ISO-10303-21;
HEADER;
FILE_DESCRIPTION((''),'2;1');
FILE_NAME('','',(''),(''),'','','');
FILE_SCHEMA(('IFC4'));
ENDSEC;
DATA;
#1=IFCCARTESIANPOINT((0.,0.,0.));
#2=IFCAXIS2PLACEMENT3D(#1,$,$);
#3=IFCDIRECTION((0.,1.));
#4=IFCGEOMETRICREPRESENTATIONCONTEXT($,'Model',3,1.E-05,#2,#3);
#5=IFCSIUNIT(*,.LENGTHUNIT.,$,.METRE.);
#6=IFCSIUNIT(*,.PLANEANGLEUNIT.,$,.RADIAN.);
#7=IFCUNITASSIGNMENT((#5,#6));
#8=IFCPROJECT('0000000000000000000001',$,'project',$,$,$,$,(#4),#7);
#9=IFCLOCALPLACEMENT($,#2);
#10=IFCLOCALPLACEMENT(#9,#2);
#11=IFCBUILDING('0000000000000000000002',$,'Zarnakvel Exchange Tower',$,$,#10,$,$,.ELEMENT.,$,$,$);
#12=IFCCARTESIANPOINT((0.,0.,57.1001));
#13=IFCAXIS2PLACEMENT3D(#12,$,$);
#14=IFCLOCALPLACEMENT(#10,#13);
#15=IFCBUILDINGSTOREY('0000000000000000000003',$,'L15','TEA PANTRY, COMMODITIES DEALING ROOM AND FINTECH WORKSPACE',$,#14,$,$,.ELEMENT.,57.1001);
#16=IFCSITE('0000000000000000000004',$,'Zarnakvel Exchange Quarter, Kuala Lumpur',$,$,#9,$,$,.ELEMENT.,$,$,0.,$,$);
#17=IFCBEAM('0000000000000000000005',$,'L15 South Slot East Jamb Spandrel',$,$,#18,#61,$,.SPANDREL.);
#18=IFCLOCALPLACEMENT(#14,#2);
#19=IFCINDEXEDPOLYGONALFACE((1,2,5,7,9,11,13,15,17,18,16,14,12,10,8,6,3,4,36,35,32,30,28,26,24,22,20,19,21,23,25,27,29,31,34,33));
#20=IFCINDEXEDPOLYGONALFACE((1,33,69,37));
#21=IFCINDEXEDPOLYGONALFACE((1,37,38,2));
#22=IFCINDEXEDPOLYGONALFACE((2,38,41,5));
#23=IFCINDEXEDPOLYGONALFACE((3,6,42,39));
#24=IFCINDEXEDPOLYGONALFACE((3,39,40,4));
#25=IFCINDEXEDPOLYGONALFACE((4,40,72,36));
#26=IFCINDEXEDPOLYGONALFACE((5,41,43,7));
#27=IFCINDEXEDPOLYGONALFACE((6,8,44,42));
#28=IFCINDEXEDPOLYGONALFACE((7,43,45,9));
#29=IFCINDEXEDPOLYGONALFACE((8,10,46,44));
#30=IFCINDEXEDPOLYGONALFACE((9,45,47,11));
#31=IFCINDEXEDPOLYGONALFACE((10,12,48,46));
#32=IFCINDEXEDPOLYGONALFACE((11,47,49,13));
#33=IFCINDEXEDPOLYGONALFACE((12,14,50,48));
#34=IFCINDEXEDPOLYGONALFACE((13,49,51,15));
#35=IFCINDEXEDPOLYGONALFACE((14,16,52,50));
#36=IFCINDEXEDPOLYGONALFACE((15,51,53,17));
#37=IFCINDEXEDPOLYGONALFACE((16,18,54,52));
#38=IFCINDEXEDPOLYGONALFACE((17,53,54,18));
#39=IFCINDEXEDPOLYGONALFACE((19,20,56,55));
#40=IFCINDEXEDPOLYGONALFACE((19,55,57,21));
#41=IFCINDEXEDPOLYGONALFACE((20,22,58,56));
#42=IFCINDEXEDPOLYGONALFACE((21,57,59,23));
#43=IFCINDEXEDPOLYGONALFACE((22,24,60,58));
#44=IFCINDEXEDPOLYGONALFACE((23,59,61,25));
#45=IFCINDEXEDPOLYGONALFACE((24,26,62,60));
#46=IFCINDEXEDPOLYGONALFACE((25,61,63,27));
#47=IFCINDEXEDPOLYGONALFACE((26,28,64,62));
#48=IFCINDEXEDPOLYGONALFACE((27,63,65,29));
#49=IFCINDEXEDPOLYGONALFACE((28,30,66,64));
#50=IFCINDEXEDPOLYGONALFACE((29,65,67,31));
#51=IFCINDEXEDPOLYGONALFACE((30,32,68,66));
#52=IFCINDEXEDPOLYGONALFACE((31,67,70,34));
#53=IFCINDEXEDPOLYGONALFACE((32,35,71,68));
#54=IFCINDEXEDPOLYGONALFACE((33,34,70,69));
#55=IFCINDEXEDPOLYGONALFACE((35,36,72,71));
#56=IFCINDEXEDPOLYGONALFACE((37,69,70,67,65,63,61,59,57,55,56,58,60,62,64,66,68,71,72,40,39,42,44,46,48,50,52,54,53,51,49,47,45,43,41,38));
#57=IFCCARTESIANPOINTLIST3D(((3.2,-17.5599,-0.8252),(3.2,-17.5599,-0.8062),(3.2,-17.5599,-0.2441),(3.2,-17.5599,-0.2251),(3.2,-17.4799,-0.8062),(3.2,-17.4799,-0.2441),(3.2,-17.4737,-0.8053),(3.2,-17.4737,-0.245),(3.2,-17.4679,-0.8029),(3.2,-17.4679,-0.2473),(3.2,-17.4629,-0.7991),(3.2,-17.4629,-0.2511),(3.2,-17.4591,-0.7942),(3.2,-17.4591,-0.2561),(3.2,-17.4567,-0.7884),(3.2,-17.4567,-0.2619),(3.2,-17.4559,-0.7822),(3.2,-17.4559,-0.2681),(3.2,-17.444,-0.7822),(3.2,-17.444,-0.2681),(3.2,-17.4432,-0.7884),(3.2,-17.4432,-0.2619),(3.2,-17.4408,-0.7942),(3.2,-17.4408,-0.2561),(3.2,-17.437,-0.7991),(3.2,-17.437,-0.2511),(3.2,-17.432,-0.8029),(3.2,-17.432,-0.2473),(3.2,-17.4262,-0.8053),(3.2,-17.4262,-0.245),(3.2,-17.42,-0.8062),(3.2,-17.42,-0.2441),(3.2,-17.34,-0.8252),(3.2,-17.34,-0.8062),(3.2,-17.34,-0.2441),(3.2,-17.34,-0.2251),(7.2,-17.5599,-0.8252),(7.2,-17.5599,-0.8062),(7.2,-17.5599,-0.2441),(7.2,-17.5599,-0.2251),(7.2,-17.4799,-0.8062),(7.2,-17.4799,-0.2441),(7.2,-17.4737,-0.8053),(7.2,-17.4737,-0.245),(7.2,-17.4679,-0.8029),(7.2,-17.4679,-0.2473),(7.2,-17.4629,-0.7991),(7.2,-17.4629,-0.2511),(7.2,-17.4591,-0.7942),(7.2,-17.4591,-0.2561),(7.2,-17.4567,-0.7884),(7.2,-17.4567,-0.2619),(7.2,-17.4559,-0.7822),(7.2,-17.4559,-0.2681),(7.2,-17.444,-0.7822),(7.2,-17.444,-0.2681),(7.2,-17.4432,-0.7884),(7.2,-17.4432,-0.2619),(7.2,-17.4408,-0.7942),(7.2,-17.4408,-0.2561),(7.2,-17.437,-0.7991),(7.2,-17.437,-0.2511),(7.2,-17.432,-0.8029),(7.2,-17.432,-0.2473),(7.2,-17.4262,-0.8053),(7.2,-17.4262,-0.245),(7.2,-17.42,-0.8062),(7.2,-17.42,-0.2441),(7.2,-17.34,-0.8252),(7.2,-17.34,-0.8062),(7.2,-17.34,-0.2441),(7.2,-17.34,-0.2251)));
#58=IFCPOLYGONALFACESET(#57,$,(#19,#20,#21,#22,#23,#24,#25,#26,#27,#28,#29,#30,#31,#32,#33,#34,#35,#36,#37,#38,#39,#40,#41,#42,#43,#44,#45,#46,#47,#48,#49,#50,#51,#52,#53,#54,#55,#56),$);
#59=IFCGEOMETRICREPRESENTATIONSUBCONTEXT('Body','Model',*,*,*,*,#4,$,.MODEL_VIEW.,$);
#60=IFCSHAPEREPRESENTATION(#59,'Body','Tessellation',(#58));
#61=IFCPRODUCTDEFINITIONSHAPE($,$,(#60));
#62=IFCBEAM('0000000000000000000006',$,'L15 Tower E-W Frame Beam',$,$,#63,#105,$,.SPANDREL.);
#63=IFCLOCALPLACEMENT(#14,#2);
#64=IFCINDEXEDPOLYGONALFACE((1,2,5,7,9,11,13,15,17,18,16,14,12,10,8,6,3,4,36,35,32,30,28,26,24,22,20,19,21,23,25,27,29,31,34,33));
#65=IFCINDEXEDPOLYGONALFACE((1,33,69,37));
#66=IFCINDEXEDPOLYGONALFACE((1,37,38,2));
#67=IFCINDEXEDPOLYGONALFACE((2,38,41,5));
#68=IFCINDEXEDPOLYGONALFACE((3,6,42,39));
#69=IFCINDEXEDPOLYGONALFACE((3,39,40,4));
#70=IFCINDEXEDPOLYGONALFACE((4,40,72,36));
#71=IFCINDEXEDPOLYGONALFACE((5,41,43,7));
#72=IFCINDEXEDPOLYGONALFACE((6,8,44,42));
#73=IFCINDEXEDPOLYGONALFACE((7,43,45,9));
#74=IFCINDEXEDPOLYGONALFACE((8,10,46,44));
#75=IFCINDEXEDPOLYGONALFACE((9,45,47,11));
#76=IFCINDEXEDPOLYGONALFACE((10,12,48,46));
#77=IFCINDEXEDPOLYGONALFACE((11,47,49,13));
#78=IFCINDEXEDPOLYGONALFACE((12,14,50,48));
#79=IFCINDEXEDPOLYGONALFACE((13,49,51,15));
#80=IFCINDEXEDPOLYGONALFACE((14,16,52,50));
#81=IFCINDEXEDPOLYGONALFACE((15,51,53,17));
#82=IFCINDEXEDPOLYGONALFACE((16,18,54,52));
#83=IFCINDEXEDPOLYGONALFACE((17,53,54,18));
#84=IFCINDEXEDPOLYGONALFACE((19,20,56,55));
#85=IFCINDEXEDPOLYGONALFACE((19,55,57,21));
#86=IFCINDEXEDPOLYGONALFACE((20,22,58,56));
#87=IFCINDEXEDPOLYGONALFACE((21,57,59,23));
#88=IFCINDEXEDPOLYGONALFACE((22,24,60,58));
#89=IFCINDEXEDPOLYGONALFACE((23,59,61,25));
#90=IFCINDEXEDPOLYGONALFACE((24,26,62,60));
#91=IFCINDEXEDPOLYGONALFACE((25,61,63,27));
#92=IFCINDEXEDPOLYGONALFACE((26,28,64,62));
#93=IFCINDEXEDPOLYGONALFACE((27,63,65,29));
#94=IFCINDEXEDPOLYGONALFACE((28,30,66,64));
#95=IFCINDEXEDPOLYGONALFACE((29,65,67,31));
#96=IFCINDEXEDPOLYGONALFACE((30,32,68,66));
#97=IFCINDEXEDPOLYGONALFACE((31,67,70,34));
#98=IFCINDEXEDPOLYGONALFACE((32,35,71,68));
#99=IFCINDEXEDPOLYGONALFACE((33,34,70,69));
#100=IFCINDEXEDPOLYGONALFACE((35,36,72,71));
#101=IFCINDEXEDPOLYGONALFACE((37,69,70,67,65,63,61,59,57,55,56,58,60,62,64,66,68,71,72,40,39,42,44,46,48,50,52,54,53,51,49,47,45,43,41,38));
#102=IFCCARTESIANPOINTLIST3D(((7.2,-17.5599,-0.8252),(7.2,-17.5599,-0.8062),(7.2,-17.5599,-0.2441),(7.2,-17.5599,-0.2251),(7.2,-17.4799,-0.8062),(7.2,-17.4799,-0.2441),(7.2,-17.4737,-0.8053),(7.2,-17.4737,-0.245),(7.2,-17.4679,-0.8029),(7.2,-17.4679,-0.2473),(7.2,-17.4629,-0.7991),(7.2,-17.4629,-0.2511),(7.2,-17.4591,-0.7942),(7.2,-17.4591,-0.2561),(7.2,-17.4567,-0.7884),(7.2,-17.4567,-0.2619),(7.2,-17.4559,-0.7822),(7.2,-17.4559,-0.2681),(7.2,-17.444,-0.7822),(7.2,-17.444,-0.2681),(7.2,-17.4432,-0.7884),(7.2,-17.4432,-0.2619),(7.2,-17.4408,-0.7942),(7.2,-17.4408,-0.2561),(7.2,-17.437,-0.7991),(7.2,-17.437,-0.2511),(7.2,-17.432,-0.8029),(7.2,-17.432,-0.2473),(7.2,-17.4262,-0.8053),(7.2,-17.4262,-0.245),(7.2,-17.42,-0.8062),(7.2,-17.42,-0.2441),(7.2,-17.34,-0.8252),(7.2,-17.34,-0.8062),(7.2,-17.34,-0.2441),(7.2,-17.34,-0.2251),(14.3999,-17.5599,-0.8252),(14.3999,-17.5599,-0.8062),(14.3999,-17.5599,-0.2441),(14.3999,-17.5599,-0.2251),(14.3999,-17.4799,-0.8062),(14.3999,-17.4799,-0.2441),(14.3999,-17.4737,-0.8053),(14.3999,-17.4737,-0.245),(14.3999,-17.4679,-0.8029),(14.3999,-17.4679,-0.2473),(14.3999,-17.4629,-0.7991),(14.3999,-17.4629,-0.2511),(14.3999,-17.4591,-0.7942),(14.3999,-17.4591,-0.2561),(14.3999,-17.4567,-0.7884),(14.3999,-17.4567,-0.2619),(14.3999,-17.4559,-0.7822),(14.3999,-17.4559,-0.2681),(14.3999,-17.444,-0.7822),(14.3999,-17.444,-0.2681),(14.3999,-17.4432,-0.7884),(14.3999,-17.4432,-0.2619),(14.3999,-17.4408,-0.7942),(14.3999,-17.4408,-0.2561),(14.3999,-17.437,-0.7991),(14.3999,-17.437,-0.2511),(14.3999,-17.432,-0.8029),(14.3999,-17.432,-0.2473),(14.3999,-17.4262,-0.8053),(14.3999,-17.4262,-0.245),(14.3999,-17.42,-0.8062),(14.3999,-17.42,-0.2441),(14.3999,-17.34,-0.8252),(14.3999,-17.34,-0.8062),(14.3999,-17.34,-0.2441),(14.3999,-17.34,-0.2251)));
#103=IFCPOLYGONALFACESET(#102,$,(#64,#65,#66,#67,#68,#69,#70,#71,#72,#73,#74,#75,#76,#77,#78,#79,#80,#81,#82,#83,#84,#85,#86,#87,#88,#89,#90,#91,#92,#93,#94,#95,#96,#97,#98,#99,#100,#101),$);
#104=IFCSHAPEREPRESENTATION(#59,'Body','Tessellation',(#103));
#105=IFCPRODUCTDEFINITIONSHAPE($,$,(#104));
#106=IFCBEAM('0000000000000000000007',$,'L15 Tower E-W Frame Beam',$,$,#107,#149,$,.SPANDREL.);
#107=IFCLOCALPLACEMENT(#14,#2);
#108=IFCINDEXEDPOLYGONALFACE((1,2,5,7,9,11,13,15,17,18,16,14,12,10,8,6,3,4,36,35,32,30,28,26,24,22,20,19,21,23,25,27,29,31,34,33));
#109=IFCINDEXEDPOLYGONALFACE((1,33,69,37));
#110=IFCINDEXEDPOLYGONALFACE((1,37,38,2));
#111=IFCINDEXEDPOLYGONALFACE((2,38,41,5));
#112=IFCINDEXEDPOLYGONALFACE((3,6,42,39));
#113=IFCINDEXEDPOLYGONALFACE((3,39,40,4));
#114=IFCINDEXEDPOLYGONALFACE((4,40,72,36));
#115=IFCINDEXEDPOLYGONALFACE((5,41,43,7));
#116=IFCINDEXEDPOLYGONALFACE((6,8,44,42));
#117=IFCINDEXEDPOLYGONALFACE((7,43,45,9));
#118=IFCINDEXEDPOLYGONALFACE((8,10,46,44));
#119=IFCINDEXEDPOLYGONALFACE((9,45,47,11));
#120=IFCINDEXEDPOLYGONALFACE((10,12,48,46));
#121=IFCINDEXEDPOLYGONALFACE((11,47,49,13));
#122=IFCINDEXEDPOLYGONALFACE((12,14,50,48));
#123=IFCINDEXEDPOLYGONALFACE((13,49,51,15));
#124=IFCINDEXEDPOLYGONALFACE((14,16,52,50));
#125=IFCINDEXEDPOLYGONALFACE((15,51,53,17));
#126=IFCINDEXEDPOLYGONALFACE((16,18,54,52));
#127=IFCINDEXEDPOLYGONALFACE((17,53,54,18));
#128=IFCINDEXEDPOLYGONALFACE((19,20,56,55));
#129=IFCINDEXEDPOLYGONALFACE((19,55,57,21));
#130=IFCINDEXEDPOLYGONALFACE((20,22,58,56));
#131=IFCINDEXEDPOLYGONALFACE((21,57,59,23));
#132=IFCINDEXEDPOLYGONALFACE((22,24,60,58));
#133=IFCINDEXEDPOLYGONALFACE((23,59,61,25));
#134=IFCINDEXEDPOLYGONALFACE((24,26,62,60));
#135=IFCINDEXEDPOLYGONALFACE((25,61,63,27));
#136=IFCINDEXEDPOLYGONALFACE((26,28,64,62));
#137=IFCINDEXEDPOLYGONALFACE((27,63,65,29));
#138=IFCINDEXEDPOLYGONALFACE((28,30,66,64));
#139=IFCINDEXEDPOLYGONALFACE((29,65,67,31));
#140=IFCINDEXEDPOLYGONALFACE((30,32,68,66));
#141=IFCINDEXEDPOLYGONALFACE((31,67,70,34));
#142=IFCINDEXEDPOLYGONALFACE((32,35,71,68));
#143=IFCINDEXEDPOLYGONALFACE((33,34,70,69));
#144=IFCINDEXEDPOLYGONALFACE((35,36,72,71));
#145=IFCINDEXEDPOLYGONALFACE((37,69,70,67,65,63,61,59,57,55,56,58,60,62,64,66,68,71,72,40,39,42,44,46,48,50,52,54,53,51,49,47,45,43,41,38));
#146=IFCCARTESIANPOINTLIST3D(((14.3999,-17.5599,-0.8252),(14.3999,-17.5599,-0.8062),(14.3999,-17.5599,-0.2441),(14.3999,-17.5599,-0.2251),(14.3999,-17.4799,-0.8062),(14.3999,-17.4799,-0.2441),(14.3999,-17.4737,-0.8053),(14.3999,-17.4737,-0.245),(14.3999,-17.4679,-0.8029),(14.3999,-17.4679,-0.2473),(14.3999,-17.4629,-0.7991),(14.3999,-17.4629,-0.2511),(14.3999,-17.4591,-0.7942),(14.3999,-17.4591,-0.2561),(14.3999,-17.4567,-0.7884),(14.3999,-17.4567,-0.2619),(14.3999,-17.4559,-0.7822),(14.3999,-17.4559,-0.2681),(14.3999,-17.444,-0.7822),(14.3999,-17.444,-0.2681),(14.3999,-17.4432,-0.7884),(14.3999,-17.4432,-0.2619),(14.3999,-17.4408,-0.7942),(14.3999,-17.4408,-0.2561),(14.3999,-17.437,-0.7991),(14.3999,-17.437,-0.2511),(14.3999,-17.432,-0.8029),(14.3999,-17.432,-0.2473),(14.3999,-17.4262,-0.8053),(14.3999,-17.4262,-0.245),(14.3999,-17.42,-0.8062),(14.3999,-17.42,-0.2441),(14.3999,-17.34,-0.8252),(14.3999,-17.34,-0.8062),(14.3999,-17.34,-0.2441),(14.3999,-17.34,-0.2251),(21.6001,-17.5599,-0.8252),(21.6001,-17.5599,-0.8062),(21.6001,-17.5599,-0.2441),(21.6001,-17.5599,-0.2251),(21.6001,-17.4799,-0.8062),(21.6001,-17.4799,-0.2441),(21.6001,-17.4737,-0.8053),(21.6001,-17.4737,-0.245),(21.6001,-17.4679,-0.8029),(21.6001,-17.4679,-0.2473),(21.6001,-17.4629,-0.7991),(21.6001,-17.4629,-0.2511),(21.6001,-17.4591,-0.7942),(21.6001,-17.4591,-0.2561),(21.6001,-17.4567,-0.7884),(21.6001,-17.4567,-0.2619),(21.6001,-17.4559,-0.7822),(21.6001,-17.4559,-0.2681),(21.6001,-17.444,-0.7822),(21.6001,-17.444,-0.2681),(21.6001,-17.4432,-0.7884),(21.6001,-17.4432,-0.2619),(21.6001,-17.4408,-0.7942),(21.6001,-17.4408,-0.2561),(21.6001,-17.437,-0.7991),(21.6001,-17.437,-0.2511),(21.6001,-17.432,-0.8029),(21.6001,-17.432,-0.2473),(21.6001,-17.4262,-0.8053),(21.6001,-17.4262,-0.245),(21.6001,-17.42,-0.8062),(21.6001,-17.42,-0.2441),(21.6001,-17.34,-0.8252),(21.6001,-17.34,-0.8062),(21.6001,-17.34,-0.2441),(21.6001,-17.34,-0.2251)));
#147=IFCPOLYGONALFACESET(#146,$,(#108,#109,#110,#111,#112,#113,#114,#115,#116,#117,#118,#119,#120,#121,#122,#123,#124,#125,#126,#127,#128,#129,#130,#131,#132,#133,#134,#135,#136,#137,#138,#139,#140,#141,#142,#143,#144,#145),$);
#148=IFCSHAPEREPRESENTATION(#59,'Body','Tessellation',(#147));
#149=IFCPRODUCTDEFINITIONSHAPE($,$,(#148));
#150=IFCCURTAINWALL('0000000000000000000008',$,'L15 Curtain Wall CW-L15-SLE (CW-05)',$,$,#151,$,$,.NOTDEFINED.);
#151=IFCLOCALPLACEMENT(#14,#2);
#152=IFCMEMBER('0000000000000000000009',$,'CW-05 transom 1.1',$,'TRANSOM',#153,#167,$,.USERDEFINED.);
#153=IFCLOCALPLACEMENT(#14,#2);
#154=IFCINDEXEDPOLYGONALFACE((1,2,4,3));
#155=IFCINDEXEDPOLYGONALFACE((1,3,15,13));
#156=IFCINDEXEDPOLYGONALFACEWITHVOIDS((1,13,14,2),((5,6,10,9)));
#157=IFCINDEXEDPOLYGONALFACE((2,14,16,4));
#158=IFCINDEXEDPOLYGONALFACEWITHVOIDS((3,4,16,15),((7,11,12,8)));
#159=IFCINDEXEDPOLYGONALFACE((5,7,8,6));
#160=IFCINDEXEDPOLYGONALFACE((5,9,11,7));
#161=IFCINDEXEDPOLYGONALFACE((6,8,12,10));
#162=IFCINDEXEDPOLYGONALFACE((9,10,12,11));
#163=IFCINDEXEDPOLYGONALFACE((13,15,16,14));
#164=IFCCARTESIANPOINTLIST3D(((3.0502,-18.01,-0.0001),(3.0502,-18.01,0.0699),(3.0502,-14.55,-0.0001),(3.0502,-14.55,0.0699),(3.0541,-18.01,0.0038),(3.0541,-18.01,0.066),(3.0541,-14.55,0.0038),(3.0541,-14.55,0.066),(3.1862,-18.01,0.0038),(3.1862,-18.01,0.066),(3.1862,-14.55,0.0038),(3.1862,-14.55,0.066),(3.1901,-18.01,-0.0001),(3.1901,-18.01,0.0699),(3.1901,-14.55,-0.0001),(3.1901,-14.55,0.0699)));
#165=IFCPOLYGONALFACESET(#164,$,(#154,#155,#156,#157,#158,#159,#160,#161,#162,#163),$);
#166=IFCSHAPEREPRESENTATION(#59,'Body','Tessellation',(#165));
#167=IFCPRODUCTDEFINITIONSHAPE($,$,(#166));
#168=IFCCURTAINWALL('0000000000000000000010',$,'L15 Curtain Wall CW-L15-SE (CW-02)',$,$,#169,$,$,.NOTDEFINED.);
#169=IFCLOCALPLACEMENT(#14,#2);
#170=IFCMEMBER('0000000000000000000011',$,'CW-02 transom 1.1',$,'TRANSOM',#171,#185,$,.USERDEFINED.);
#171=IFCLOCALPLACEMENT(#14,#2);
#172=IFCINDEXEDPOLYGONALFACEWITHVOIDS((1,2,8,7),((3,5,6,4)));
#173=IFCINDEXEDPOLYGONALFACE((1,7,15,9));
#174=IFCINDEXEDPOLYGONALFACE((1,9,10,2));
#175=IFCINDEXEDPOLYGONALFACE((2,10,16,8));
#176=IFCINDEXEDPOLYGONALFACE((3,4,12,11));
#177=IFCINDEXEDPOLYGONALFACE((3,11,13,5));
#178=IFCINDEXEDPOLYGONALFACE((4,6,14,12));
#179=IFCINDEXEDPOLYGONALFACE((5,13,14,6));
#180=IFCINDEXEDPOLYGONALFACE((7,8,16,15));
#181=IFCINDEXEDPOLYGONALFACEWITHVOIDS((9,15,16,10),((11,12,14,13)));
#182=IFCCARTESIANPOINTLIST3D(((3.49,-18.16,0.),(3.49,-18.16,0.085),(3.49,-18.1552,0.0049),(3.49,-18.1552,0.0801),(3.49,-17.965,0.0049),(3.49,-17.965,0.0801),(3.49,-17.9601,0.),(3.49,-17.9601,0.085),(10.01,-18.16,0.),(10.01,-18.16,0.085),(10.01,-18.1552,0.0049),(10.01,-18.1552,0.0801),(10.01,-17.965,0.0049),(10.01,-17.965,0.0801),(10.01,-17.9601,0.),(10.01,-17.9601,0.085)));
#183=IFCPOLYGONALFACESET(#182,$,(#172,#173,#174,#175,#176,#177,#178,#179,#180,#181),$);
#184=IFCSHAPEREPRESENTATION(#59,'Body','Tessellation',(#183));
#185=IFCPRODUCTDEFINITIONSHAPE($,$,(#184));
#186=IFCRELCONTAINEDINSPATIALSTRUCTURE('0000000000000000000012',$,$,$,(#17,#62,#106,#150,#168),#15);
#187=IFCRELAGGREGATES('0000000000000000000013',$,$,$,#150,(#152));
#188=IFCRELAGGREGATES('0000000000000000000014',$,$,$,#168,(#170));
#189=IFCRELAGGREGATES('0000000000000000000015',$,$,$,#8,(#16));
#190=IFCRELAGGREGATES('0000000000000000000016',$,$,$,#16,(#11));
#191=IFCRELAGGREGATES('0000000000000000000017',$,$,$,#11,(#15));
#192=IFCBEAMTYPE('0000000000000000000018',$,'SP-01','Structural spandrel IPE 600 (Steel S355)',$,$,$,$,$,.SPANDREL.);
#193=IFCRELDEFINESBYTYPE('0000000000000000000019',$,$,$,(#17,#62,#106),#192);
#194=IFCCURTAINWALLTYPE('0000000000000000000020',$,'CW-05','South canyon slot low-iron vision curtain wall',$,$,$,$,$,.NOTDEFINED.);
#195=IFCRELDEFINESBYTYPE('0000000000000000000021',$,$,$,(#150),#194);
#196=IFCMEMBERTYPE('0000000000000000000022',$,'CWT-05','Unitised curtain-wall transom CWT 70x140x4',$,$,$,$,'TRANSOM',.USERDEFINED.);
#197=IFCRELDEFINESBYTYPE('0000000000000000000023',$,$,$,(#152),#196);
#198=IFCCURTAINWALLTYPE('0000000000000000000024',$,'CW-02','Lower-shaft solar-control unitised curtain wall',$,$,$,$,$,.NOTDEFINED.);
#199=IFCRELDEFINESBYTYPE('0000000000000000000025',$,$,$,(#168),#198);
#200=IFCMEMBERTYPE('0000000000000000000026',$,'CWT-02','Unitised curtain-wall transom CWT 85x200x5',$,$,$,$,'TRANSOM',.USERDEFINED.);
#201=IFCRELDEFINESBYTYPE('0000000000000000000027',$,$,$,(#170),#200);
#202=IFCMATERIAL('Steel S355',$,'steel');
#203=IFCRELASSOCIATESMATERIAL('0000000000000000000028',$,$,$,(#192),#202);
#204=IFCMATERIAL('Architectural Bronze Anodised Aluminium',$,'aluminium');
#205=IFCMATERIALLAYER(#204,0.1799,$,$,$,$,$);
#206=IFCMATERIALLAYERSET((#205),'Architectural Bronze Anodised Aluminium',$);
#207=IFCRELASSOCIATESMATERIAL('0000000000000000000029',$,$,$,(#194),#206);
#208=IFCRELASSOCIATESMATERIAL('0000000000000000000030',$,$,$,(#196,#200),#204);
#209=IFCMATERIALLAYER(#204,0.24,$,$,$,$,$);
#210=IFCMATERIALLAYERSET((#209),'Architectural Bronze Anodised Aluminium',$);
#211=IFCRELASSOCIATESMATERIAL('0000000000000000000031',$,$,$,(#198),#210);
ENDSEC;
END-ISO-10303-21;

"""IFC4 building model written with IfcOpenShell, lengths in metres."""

from ifc_helpers import new_model, si_unit, direction, frame, origin, origin_2d, place, context, subcontext, project, spatial, hollow_rectangle, i_section, extrude, source, transform, mapped, material, layer, layer_set, material_profile, profile_set, type_object, element, aggregate, save


model = new_model("IFC4")

# Units and contexts
model_context = context("Model", 3, precision=1e-05, world=origin(), true_north=direction((0.0, 1.0)))
body_context = subcontext(model_context, "Body", "Model", "MODEL_VIEW")
ifc_project = project(units=[si_unit("LENGTHUNIT", "METRE"), si_unit("PLANEANGLEUNIT", "RADIAN")], contexts=[model_context])

# Site, building, storey
site_placement = place(None, origin())
site = spatial("IfcSite", under=ifc_project, at=site_placement, Name="Zarnakvel Exchange Quarter, Kuala Lumpur", CompositionType="ELEMENT", RefElevation=0.0)
building_placement = place(site_placement, origin())
building = spatial("IfcBuilding", under=site, at=building_placement, Name="Zarnakvel Exchange Tower", CompositionType="ELEMENT")
storey_placement = place(building_placement, frame((0.0, 0.0, 57.1001)))
storey = spatial("IfcBuildingStorey", under=building, at=storey_placement, Name="L15", Description="TEA PANTRY, COMMODITIES DEALING ROOM AND FINTECH WORKSPACE", CompositionType="ELEMENT", Elevation=57.1001)

# Beams
ifc_material_1 = material(Name="Steel S355", Category="steel")
ifc_material_profile_1 = material_profile(ifc_material_1, i_section(OverallWidth=0.22, OverallDepth=0.6001, WebThickness=0.012, FlangeThickness=0.019, FilletRadius=0.0239, at=origin_2d()))
ifc_profile_set_1 = profile_set([ifc_material_profile_1], Name="Steel S355")
beam_type_1 = type_object("IfcBeamType", Name="SP-01", Description="Structural spandrel IPE 600 (Steel S355)", PredefinedType="SPANDREL", material=ifc_profile_set_1)
beam_1_placement = place(storey_placement, frame((3.2, -17.45, -0.5251), z_axis=(1.0, 0.0, 0.0), x_axis=(0.0, 1.0, 0.0)))
element("IfcBeam", 1, at=beam_1_placement, inside=storey, type_object=beam_type_1, Name="L15 South Slot East Jamb Spandrel", PredefinedType="SPANDREL", context=body_context, shape_type="SweptSolid", body=[
    extrude(i_section(OverallWidth=0.22, OverallDepth=0.6001, WebThickness=0.012, FlangeThickness=0.019, FilletRadius=0.0239, at=origin_2d()), origin(), (0.0, 0.0, 1.0), 4.0),
])
beam_2_placement = place(storey_placement, frame((7.2, -17.45, -0.5251), z_axis=(1.0, 0.0, 0.0), x_axis=(0.0, 1.0, 0.0)))
element("IfcBeam", 2, at=beam_2_placement, inside=storey, type_object=beam_type_1, Name="L15 Tower E-W Frame Beam", PredefinedType="SPANDREL", context=body_context, shape_type="SweptSolid", body=[
    extrude(i_section(OverallWidth=0.22, OverallDepth=0.6001, WebThickness=0.012, FlangeThickness=0.019, FilletRadius=0.0239, at=origin_2d()), origin(), (0.0, 0.0, 1.0), 7.2),
])
beam_3_placement = place(storey_placement, frame((14.3999, -17.45, -0.5251), z_axis=(1.0, 0.0, 0.0), x_axis=(0.0, 1.0, 0.0)))
element("IfcBeam", 3, at=beam_3_placement, inside=storey, type_object=beam_type_1, Name="L15 Tower E-W Frame Beam", PredefinedType="SPANDREL", context=body_context, shape_type="SweptSolid", body=[
    extrude(i_section(OverallWidth=0.22, OverallDepth=0.6001, WebThickness=0.012, FlangeThickness=0.019, FilletRadius=0.0239, at=origin_2d()), origin(), (0.0, 0.0, 1.0), 7.2002),
])

# Curtain wall, member
ifc_material_2 = material(Name="Architectural Bronze Anodised Aluminium", Category="aluminium")
ifc_layer_1 = layer(ifc_material_2, 0.1799)
ifc_layer_set_1 = layer_set([ifc_layer_1], Name="Architectural Bronze Anodised Aluminium")
curtain_wall_type_1 = type_object("IfcCurtainWallType", Name="CW-05", Description="South canyon slot low-iron vision curtain wall", PredefinedType="NOTDEFINED", material=ifc_layer_set_1)
curtain_wall_1_placement = place(storey_placement, origin())
curtain_wall_1 = element("IfcCurtainWall", 4, at=curtain_wall_1_placement, inside=storey, type_object=curtain_wall_type_1, Name="L15 Curtain Wall CW-L15-SLE (CW-05)", PredefinedType="NOTDEFINED")
ifc_material_profile_2 = material_profile(ifc_material_2, hollow_rectangle(XDim=0.1399, YDim=0.0701, WallThickness=0.0039, at=origin_2d()))
ifc_profile_set_2 = profile_set([ifc_material_profile_2], Name="Architectural Bronze Anodised Aluminium")
member_type_1 = type_object("IfcMemberType", Name="CWT-05", Description="Unitised curtain-wall transom CWT 70x140x4", ElementType="TRANSOM", PredefinedType="USERDEFINED", material=ifc_profile_set_2)
shared_shape_1 = source(origin(), body_context, "Body", "SweptSolid", [
    extrude(hollow_rectangle(XDim=0.1399, YDim=0.0701, WallThickness=0.0039, at=origin_2d()), origin(), (0.0, 0.0, 1.0), 3.46),
])
member_1_placement = place(storey_placement, frame((3.1201, -14.55, 0.0349), z_axis=(0.0, -1.0, 0.0), x_axis=(1.0, 0.0, 0.0)))
member_1 = element("IfcMember", 5, at=member_1_placement, type_object=member_type_1, Name="CW-05 transom 1.1", ObjectType="TRANSOM", PredefinedType="USERDEFINED", context=body_context, shape_type="MappedRepresentation", body=[
    mapped(shared_shape_1, transform((0.0, 0.0, 0.0), x_axis=(1.0, 0.0, 0.0), y_axis=(0.0, 1.0, 0.0), z_axis=(0.0, 0.0, 1.0), scale=1.0)),
])

# Curtain wall, member
ifc_layer_2 = layer(ifc_material_2, 0.24)
ifc_layer_set_2 = layer_set([ifc_layer_2], Name="Architectural Bronze Anodised Aluminium")
curtain_wall_type_2 = type_object("IfcCurtainWallType", Name="CW-02", Description="Lower-shaft solar-control unitised curtain wall", PredefinedType="NOTDEFINED", material=ifc_layer_set_2)
curtain_wall_2_placement = place(storey_placement, origin())
curtain_wall_2 = element("IfcCurtainWall", 6, at=curtain_wall_2_placement, inside=storey, type_object=curtain_wall_type_2, Name="L15 Curtain Wall CW-L15-SE (CW-02)", PredefinedType="NOTDEFINED")
ifc_material_profile_3 = material_profile(ifc_material_2, hollow_rectangle(XDim=0.2, YDim=0.085, WallThickness=0.0049, at=origin_2d()))
ifc_profile_set_3 = profile_set([ifc_material_profile_3], Name="Architectural Bronze Anodised Aluminium")
member_type_2 = type_object("IfcMemberType", Name="CWT-02", Description="Unitised curtain-wall transom CWT 85x200x5", ElementType="TRANSOM", PredefinedType="USERDEFINED", material=ifc_profile_set_3)
shared_shape_2 = source(origin(), body_context, "Body", "SweptSolid", [
    extrude(hollow_rectangle(XDim=0.2, YDim=0.085, WallThickness=0.0049, at=origin_2d()), origin(), (0.0, 0.0, 1.0), 6.52),
])
member_2_placement = place(storey_placement, frame((3.49, -18.0601, 0.0425), z_axis=(1.0, 0.0, 0.0), x_axis=(0.0, 1.0, 0.0)))
member_2 = element("IfcMember", 7, at=member_2_placement, type_object=member_type_2, Name="CW-02 transom 1.1", ObjectType="TRANSOM", PredefinedType="USERDEFINED", context=body_context, shape_type="MappedRepresentation", body=[
    mapped(shared_shape_2, transform((0.0, 0.0, 0.0), x_axis=(1.0, 0.0, 0.0), y_axis=(0.0, 1.0, 0.0), z_axis=(0.0, 0.0, 1.0), scale=1.0)),
])

aggregate(curtain_wall_1, [member_1])
aggregate(curtain_wall_2, [member_2])

save(model, "model.ifc")
